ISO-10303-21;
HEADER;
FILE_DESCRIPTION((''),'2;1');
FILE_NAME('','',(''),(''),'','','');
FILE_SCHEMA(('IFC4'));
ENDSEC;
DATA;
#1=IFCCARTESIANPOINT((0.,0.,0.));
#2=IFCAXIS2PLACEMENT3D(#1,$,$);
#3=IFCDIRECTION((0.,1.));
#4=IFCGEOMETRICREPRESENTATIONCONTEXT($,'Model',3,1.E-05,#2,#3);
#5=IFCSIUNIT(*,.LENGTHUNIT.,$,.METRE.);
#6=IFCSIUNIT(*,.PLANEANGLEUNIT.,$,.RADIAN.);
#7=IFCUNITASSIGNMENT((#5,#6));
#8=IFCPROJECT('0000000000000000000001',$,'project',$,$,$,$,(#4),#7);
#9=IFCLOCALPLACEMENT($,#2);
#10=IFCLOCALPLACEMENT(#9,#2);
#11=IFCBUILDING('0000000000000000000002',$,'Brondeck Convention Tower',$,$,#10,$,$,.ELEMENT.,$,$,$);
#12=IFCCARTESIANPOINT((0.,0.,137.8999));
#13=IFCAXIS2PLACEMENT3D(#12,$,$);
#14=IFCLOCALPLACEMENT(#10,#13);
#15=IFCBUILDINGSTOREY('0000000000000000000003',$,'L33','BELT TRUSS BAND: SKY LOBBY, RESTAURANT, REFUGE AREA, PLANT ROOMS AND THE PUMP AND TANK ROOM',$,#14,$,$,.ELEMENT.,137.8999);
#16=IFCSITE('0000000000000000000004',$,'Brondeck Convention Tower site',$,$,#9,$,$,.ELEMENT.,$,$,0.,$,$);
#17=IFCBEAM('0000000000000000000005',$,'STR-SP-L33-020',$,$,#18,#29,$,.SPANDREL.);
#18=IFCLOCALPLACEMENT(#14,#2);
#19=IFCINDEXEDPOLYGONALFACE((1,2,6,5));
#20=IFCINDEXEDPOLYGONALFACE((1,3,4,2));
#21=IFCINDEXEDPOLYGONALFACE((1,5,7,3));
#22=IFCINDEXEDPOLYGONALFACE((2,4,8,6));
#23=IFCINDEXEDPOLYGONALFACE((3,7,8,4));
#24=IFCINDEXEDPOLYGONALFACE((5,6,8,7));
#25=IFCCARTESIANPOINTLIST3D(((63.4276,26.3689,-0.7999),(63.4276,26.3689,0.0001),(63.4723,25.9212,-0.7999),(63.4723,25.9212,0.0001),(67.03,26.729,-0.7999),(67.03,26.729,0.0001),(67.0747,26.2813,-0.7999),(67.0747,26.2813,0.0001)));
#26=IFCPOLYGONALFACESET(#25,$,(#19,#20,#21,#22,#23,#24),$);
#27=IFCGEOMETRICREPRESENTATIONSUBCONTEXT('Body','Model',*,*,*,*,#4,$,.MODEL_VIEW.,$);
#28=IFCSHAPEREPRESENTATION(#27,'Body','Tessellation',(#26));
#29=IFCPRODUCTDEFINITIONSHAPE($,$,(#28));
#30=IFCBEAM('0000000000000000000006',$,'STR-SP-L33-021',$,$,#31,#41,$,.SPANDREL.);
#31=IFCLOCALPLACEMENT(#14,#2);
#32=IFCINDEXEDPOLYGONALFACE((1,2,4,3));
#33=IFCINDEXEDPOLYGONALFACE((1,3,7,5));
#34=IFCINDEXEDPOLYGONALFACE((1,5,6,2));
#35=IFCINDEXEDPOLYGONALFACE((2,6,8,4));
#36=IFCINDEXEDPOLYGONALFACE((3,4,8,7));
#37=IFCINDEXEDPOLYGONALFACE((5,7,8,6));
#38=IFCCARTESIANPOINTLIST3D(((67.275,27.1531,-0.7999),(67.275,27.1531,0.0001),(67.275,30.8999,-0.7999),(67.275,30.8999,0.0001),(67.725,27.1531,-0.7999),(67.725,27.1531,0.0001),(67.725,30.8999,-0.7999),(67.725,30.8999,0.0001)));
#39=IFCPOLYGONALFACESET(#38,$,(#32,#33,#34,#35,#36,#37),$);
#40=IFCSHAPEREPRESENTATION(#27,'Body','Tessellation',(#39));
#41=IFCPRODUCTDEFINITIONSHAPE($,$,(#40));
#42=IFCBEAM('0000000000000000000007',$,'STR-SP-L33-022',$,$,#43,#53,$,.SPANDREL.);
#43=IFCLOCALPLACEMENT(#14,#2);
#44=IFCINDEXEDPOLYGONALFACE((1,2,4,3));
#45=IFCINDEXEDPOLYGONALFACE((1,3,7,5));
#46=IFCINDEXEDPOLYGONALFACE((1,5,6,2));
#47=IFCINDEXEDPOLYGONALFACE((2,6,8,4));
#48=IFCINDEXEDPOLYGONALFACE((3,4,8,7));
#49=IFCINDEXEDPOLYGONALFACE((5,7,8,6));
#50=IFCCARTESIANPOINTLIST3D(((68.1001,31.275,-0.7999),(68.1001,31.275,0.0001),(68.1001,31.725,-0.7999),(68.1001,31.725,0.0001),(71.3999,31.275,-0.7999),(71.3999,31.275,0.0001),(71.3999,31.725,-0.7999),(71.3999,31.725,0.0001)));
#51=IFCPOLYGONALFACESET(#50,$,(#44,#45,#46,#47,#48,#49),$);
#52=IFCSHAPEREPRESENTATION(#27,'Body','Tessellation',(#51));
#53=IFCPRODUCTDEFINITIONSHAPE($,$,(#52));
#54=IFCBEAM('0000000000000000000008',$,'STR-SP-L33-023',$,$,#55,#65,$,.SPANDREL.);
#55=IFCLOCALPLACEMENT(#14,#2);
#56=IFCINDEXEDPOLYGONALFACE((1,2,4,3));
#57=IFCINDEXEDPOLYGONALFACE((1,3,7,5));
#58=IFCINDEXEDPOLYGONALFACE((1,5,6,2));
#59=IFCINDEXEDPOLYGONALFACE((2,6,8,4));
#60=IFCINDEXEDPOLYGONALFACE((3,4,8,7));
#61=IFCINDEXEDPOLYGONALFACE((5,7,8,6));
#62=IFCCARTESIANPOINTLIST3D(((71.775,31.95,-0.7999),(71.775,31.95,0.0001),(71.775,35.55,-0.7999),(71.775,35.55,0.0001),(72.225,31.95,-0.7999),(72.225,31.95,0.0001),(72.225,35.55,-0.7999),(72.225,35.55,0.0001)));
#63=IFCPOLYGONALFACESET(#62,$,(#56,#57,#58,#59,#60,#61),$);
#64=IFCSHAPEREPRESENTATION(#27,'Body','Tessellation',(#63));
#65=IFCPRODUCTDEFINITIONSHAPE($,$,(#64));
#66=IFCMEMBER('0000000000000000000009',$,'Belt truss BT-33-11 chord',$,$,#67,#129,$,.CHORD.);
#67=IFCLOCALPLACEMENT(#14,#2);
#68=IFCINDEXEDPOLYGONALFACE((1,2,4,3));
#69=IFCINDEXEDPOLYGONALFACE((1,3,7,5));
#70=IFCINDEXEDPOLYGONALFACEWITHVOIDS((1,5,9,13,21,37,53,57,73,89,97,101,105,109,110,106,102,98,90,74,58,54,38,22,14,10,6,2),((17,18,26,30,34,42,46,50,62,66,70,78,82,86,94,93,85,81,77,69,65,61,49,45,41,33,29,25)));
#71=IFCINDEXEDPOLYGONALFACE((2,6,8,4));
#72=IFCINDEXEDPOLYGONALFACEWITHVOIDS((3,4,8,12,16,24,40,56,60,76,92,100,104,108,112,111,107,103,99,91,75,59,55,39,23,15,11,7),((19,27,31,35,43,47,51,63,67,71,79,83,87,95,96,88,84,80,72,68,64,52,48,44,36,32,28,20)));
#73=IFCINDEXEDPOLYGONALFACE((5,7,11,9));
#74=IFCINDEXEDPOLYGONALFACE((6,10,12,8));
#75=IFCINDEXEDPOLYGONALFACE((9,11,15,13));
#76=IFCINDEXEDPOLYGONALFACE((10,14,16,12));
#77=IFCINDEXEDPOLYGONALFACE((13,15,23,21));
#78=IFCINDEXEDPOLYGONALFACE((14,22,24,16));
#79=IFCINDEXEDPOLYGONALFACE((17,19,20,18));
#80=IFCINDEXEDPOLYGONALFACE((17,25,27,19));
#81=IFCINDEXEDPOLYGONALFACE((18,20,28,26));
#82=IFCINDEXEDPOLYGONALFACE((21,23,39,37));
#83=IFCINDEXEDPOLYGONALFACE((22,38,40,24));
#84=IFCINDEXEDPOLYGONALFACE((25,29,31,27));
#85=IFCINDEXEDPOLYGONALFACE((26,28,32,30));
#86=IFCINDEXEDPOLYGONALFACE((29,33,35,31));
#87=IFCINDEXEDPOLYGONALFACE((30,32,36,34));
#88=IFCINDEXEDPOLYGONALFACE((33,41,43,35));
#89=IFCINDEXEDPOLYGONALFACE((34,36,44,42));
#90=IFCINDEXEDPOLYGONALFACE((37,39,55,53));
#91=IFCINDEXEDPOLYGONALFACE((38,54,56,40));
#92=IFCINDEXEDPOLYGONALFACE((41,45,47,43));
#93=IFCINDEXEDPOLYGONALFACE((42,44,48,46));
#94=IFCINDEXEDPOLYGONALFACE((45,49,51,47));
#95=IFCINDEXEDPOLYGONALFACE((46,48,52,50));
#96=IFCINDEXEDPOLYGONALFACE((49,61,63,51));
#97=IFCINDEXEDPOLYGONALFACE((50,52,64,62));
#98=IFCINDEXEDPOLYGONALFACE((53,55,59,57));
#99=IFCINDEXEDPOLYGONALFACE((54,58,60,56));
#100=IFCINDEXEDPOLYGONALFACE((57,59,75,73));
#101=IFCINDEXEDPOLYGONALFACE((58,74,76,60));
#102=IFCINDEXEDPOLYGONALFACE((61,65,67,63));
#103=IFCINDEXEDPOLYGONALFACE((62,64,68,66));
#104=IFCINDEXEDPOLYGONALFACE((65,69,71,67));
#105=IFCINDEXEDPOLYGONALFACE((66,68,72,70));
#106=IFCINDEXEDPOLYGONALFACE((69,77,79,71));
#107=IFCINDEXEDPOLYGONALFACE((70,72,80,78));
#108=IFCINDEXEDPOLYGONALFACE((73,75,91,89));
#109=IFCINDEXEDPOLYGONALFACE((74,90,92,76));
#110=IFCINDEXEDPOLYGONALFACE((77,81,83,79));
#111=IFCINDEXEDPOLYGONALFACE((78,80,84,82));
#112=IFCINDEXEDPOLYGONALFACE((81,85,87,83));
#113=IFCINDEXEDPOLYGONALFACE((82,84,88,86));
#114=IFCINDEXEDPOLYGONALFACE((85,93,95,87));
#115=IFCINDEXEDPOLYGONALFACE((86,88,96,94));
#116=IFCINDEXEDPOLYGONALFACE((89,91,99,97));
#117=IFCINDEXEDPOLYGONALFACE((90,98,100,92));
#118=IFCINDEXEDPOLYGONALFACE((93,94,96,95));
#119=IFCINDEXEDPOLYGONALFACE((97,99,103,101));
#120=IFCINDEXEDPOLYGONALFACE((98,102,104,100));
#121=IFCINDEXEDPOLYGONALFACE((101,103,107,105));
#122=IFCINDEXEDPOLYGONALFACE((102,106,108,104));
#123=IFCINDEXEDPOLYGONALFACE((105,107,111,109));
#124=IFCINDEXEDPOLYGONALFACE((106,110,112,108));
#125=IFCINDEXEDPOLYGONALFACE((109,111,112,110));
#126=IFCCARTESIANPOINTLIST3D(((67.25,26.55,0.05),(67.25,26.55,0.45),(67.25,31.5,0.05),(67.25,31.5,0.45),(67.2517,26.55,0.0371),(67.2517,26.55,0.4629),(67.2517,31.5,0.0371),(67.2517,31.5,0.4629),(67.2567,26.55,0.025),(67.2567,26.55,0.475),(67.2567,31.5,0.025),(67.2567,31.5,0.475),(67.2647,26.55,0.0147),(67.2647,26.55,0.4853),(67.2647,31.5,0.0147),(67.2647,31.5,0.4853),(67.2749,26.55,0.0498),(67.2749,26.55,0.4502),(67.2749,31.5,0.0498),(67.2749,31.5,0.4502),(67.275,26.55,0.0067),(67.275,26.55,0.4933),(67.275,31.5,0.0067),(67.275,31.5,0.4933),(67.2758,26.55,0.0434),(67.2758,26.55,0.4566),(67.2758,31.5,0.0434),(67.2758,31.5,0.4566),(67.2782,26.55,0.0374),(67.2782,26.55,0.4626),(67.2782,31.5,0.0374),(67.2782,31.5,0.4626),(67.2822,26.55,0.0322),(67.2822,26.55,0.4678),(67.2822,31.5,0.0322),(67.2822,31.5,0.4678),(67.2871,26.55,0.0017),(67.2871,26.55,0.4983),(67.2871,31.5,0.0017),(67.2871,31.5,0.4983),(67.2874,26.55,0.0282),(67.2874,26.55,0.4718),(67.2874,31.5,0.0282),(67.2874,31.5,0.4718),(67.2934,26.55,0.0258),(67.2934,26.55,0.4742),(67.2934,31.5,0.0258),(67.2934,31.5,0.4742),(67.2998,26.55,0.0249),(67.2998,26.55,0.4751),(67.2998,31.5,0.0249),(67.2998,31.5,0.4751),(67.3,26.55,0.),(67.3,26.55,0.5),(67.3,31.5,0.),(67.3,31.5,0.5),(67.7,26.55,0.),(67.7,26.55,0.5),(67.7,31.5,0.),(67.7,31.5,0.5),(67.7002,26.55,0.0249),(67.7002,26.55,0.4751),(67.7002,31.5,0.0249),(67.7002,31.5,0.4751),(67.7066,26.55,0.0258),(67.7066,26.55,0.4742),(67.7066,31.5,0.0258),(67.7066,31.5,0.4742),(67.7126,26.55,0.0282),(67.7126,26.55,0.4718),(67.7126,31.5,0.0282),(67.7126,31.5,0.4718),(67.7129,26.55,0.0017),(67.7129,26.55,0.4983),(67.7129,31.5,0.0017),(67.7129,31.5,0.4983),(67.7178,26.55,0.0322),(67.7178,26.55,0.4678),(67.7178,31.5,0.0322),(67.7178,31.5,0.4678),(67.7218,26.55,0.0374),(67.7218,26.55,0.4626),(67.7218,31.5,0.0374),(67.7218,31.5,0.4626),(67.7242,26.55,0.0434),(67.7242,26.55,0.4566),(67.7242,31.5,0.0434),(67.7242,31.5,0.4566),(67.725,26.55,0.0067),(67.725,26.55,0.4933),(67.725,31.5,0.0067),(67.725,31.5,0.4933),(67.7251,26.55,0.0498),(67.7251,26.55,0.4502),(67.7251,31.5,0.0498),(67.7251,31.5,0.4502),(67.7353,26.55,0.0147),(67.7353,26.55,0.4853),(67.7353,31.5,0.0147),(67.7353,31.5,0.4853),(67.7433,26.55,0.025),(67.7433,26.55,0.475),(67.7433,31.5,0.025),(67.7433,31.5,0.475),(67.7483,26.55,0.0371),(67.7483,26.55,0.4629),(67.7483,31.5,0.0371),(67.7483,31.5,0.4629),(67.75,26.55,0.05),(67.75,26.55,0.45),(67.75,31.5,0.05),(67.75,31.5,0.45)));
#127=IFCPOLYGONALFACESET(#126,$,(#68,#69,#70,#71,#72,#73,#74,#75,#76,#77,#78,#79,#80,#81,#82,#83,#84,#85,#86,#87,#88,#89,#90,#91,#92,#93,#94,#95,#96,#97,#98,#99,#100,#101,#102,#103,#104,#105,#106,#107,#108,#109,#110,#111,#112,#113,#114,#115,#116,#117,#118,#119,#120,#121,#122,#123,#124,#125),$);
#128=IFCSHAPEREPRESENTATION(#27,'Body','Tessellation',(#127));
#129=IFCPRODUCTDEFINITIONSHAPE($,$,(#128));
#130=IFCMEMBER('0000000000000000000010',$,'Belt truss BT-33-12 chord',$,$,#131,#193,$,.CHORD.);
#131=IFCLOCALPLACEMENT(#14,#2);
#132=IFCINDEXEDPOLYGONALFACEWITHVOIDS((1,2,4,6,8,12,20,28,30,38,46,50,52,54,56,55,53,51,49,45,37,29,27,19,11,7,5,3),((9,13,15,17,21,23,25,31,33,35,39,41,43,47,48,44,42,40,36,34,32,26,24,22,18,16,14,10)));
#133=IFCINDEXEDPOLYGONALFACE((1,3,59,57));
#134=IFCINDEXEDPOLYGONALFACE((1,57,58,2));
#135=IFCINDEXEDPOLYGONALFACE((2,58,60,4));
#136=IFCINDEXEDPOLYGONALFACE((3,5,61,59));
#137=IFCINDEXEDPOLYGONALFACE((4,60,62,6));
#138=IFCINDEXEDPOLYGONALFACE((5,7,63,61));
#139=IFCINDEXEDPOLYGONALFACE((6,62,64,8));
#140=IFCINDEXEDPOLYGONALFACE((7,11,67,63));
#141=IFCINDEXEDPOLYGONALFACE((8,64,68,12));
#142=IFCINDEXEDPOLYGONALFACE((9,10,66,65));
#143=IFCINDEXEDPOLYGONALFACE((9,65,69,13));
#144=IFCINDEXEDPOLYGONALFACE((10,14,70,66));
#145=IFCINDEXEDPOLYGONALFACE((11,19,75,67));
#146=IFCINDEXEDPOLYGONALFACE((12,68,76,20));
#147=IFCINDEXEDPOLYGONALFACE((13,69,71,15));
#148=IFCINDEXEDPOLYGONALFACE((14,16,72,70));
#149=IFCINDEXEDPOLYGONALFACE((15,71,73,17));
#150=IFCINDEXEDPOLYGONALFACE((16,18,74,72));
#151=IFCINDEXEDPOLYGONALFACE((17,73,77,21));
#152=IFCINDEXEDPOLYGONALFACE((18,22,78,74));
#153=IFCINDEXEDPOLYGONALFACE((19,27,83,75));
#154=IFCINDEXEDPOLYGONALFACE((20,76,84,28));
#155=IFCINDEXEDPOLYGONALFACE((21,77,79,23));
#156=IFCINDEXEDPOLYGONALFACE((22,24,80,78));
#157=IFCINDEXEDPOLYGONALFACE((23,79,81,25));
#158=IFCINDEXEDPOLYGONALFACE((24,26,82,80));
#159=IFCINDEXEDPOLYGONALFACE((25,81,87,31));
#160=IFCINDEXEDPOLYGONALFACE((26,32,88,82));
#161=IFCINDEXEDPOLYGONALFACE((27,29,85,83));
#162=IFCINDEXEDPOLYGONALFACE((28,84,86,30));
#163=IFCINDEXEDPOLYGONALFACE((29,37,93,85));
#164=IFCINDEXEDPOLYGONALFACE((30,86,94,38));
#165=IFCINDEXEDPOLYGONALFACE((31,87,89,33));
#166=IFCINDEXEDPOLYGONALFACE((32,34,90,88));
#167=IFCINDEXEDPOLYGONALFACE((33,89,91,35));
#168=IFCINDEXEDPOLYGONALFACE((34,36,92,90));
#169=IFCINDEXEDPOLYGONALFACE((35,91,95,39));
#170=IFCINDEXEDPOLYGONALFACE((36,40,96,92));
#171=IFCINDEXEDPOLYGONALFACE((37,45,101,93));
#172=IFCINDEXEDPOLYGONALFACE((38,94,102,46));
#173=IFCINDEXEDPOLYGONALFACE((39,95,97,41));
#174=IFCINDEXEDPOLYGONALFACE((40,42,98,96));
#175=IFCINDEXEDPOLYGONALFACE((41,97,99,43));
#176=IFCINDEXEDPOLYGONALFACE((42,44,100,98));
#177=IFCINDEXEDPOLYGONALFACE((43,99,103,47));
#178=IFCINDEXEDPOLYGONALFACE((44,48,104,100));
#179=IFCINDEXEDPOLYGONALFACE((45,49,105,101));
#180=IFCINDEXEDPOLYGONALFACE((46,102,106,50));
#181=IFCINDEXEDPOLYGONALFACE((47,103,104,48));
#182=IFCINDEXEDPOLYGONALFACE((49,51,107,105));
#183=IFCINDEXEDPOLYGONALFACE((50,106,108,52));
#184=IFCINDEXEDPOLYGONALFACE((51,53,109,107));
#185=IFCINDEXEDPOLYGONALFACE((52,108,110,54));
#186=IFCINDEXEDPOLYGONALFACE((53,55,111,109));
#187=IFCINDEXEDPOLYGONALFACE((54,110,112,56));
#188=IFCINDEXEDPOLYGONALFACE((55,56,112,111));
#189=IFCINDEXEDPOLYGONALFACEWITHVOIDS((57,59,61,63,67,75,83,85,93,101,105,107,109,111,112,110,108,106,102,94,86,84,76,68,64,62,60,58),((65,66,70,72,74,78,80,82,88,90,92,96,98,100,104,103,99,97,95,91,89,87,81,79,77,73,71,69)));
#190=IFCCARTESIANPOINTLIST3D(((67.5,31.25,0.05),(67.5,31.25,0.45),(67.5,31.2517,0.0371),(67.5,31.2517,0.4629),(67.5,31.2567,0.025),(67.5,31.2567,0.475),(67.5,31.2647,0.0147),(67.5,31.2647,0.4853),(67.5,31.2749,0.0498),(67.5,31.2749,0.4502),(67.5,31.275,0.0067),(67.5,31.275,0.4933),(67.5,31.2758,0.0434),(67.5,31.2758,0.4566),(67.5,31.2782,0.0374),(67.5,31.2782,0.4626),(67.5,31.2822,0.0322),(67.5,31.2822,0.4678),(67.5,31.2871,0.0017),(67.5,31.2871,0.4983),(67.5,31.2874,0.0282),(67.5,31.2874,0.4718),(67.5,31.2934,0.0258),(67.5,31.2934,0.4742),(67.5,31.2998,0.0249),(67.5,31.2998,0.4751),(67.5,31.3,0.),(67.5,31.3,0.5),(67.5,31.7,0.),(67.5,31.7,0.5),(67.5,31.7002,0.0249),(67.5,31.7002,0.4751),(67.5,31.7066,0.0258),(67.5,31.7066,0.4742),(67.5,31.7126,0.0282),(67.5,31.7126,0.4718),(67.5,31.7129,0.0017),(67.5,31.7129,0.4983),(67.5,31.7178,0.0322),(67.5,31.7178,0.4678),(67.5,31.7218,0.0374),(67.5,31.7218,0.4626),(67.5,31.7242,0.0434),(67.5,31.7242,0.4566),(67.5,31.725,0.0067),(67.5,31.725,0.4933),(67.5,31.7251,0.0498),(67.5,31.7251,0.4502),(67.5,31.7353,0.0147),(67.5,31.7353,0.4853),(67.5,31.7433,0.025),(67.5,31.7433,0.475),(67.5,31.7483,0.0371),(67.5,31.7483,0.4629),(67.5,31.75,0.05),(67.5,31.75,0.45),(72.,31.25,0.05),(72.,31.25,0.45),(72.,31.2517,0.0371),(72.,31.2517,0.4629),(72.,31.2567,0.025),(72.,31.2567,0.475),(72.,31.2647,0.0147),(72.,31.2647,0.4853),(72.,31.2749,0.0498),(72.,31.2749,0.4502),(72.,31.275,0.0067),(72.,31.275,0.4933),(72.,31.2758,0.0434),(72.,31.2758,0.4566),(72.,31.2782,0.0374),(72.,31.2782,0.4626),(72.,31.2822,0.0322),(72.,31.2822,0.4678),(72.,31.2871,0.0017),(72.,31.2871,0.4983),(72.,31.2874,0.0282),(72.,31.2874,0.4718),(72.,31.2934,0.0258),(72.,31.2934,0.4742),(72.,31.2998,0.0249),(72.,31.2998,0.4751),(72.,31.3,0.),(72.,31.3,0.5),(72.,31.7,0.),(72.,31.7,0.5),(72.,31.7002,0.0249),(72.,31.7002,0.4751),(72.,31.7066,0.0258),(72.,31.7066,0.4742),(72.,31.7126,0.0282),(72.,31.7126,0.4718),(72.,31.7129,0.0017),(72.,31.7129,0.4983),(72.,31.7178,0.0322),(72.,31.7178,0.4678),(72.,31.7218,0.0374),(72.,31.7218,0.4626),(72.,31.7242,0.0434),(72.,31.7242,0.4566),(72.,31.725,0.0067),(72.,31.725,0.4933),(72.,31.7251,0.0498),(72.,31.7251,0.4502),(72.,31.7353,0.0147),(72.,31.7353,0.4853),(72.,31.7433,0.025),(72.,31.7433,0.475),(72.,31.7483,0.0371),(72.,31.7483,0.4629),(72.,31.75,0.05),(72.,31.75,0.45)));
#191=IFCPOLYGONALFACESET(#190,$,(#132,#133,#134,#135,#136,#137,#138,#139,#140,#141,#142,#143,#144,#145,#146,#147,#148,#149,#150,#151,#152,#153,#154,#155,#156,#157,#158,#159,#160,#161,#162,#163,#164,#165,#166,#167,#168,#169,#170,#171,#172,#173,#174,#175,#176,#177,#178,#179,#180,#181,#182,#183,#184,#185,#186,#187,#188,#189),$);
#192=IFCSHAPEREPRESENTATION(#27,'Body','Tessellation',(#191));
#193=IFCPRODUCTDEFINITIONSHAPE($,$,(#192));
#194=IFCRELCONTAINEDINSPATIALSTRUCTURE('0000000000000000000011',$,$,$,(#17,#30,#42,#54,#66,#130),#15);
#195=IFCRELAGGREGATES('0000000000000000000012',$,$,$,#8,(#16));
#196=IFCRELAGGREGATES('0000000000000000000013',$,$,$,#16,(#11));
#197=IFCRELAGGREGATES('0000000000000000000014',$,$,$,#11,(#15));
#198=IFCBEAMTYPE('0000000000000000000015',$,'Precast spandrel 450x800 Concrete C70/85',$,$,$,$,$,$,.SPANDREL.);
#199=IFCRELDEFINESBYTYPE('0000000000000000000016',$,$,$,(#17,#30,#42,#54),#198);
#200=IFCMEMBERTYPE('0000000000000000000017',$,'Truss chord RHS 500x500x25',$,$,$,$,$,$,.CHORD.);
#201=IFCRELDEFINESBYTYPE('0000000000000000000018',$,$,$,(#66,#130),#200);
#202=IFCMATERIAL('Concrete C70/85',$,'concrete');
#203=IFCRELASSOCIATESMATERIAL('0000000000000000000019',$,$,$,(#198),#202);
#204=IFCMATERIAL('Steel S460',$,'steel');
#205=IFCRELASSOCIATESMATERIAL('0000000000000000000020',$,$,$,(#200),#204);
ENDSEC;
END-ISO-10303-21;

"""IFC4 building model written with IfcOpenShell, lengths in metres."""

from ifc_helpers import new_model, si_unit, direction, frame, origin, origin_2d, place, context, subcontext, project, spatial, rectangle, hollow_rectangle, extrude, material, material_profile, profile_set, type_object, element, save


model = new_model("IFC4")

# Units and contexts
model_context = context("Model", 3, precision=1e-05, world=origin(), true_north=direction((0.0, 1.0)))
body_context = subcontext(model_context, "Body", "Model", "MODEL_VIEW")
ifc_project = project(units=[si_unit("LENGTHUNIT", "METRE"), si_unit("PLANEANGLEUNIT", "RADIAN")], contexts=[model_context])

# Site, building, storey
site_placement = place(None, origin())
site = spatial("IfcSite", under=ifc_project, at=site_placement, Name="Brondeck Convention Tower site", CompositionType="ELEMENT", RefElevation=0.0)
building_placement = place(site_placement, origin())
building = spatial("IfcBuilding", under=site, at=building_placement, Name="Brondeck Convention Tower", CompositionType="ELEMENT")
storey_placement = place(building_placement, frame((0.0, 0.0, 137.8999)))
storey = spatial("IfcBuildingStorey", under=building, at=storey_placement, Name="L33", Description="BELT TRUSS BAND: SKY LOBBY, RESTAURANT, REFUGE AREA, PLANT ROOMS AND THE PUMP AND TANK ROOM", CompositionType="ELEMENT", Elevation=137.8999)

# Shared definitions
ifc_material_1 = material(Name="Concrete C70/85", Category="concrete")

# Shared definitions
ifc_material_2 = material(Name="Steel S460", Category="steel")

# Beams
ifc_material_profile_1 = material_profile(ifc_material_1, rectangle(XDim=0.45, YDim=0.8, at=origin_2d()), Name="Precast spandrel 450x800 Concrete C70/85")
ifc_profile_set_1 = profile_set([ifc_material_profile_1], Name="Concrete C70/85")
beam_type = type_object("IfcBeamType", Name="Precast spandrel 450x800 Concrete C70/85", PredefinedType="SPANDREL", material=ifc_profile_set_1)
beam_1_placement = place(storey_placement, frame((63.45, 26.145, -0.3999), z_axis=(0.995041, 0.09947, 0.0), x_axis=(-0.09947, 0.995041, 0.0)))
element("IfcBeam", 1, at=beam_1_placement, inside=storey, type_object=beam_type, Name="STR-SP-L33-020", PredefinedType="SPANDREL", context=body_context, shape_type="SweptSolid", body=[
    extrude(rectangle(XDim=0.45, YDim=0.8, at=origin_2d()), origin(), (0.0, 0.0, 1.0), 3.6204),
])
beam_2_placement = place(storey_placement, frame((67.5, 27.1531, -0.3999), z_axis=(0.0, 1.0, 0.0), x_axis=(-1.0, 0.0, 0.0)))
element("IfcBeam", 2, at=beam_2_placement, inside=storey, type_object=beam_type, Name="STR-SP-L33-021", PredefinedType="SPANDREL", context=body_context, shape_type="SweptSolid", body=[
    extrude(rectangle(XDim=0.45, YDim=0.8, at=origin_2d()), origin(), (0.0, 0.0, 1.0), 3.7468),
])
beam_3_placement = place(storey_placement, frame((68.1001, 31.5, -0.3999), z_axis=(1.0, 0.0, 0.0), x_axis=(0.0, 1.0, 0.0)))
element("IfcBeam", 3, at=beam_3_placement, inside=storey, type_object=beam_type, Name="STR-SP-L33-022", PredefinedType="SPANDREL", context=body_context, shape_type="SweptSolid", body=[
    extrude(rectangle(XDim=0.45, YDim=0.8, at=origin_2d()), origin(), (0.0, 0.0, 1.0), 3.2998),
])
beam_4_placement = place(storey_placement, frame((72.0, 31.95, -0.3999), z_axis=(0.0, 1.0, 0.0), x_axis=(-1.0, 0.0, 0.0)))
element("IfcBeam", 4, at=beam_4_placement, inside=storey, type_object=beam_type, Name="STR-SP-L33-023", PredefinedType="SPANDREL", context=body_context, shape_type="SweptSolid", body=[
    extrude(rectangle(XDim=0.45, YDim=0.8, at=origin_2d()), origin(), (0.0, 0.0, 1.0), 3.6001),
])

# Members
ifc_material_profile_2 = material_profile(ifc_material_2, hollow_rectangle(XDim=0.5, YDim=0.5, WallThickness=0.0249, InnerFilletRadius=0.0249, OuterFilletRadius=0.05, at=origin_2d()), Name="RHS 500x500x25")
ifc_profile_set_2 = profile_set([ifc_material_profile_2], Name="Steel S460")
member_type_1 = type_object("IfcMemberType", Name="Truss chord RHS 500x500x25", PredefinedType="CHORD", material=ifc_profile_set_2)
member_1_placement = place(storey_placement, frame((67.5, 26.55, 0.25), z_axis=(0.0, 1.0, 0.0), x_axis=(-1.0, 0.0, 0.0)))
element("IfcMember", 5, at=member_1_placement, inside=storey, type_object=member_type_1, Name="Belt truss BT-33-11 chord", PredefinedType="CHORD", context=body_context, shape_type="SweptSolid", body=[
    extrude(hollow_rectangle(XDim=0.5, YDim=0.5, WallThickness=0.0249, InnerFilletRadius=0.0249, OuterFilletRadius=0.05, at=origin_2d()), origin(), (0.0, 0.0, 1.0), 4.95),
])
member_2_placement = place(storey_placement, frame((67.5, 31.5, 0.25), z_axis=(1.0, 0.0, 0.0), x_axis=(0.0, 1.0, 0.0)))
element("IfcMember", 6, at=member_2_placement, inside=storey, type_object=member_type_1, Name="Belt truss BT-33-12 chord", PredefinedType="CHORD", context=body_context, shape_type="SweptSolid", body=[
    extrude(hollow_rectangle(XDim=0.5, YDim=0.5, WallThickness=0.0249, InnerFilletRadius=0.0249, OuterFilletRadius=0.05, at=origin_2d()), origin(), (0.0, 0.0, 1.0), 4.5),
])

save(model, "model.ifc")
